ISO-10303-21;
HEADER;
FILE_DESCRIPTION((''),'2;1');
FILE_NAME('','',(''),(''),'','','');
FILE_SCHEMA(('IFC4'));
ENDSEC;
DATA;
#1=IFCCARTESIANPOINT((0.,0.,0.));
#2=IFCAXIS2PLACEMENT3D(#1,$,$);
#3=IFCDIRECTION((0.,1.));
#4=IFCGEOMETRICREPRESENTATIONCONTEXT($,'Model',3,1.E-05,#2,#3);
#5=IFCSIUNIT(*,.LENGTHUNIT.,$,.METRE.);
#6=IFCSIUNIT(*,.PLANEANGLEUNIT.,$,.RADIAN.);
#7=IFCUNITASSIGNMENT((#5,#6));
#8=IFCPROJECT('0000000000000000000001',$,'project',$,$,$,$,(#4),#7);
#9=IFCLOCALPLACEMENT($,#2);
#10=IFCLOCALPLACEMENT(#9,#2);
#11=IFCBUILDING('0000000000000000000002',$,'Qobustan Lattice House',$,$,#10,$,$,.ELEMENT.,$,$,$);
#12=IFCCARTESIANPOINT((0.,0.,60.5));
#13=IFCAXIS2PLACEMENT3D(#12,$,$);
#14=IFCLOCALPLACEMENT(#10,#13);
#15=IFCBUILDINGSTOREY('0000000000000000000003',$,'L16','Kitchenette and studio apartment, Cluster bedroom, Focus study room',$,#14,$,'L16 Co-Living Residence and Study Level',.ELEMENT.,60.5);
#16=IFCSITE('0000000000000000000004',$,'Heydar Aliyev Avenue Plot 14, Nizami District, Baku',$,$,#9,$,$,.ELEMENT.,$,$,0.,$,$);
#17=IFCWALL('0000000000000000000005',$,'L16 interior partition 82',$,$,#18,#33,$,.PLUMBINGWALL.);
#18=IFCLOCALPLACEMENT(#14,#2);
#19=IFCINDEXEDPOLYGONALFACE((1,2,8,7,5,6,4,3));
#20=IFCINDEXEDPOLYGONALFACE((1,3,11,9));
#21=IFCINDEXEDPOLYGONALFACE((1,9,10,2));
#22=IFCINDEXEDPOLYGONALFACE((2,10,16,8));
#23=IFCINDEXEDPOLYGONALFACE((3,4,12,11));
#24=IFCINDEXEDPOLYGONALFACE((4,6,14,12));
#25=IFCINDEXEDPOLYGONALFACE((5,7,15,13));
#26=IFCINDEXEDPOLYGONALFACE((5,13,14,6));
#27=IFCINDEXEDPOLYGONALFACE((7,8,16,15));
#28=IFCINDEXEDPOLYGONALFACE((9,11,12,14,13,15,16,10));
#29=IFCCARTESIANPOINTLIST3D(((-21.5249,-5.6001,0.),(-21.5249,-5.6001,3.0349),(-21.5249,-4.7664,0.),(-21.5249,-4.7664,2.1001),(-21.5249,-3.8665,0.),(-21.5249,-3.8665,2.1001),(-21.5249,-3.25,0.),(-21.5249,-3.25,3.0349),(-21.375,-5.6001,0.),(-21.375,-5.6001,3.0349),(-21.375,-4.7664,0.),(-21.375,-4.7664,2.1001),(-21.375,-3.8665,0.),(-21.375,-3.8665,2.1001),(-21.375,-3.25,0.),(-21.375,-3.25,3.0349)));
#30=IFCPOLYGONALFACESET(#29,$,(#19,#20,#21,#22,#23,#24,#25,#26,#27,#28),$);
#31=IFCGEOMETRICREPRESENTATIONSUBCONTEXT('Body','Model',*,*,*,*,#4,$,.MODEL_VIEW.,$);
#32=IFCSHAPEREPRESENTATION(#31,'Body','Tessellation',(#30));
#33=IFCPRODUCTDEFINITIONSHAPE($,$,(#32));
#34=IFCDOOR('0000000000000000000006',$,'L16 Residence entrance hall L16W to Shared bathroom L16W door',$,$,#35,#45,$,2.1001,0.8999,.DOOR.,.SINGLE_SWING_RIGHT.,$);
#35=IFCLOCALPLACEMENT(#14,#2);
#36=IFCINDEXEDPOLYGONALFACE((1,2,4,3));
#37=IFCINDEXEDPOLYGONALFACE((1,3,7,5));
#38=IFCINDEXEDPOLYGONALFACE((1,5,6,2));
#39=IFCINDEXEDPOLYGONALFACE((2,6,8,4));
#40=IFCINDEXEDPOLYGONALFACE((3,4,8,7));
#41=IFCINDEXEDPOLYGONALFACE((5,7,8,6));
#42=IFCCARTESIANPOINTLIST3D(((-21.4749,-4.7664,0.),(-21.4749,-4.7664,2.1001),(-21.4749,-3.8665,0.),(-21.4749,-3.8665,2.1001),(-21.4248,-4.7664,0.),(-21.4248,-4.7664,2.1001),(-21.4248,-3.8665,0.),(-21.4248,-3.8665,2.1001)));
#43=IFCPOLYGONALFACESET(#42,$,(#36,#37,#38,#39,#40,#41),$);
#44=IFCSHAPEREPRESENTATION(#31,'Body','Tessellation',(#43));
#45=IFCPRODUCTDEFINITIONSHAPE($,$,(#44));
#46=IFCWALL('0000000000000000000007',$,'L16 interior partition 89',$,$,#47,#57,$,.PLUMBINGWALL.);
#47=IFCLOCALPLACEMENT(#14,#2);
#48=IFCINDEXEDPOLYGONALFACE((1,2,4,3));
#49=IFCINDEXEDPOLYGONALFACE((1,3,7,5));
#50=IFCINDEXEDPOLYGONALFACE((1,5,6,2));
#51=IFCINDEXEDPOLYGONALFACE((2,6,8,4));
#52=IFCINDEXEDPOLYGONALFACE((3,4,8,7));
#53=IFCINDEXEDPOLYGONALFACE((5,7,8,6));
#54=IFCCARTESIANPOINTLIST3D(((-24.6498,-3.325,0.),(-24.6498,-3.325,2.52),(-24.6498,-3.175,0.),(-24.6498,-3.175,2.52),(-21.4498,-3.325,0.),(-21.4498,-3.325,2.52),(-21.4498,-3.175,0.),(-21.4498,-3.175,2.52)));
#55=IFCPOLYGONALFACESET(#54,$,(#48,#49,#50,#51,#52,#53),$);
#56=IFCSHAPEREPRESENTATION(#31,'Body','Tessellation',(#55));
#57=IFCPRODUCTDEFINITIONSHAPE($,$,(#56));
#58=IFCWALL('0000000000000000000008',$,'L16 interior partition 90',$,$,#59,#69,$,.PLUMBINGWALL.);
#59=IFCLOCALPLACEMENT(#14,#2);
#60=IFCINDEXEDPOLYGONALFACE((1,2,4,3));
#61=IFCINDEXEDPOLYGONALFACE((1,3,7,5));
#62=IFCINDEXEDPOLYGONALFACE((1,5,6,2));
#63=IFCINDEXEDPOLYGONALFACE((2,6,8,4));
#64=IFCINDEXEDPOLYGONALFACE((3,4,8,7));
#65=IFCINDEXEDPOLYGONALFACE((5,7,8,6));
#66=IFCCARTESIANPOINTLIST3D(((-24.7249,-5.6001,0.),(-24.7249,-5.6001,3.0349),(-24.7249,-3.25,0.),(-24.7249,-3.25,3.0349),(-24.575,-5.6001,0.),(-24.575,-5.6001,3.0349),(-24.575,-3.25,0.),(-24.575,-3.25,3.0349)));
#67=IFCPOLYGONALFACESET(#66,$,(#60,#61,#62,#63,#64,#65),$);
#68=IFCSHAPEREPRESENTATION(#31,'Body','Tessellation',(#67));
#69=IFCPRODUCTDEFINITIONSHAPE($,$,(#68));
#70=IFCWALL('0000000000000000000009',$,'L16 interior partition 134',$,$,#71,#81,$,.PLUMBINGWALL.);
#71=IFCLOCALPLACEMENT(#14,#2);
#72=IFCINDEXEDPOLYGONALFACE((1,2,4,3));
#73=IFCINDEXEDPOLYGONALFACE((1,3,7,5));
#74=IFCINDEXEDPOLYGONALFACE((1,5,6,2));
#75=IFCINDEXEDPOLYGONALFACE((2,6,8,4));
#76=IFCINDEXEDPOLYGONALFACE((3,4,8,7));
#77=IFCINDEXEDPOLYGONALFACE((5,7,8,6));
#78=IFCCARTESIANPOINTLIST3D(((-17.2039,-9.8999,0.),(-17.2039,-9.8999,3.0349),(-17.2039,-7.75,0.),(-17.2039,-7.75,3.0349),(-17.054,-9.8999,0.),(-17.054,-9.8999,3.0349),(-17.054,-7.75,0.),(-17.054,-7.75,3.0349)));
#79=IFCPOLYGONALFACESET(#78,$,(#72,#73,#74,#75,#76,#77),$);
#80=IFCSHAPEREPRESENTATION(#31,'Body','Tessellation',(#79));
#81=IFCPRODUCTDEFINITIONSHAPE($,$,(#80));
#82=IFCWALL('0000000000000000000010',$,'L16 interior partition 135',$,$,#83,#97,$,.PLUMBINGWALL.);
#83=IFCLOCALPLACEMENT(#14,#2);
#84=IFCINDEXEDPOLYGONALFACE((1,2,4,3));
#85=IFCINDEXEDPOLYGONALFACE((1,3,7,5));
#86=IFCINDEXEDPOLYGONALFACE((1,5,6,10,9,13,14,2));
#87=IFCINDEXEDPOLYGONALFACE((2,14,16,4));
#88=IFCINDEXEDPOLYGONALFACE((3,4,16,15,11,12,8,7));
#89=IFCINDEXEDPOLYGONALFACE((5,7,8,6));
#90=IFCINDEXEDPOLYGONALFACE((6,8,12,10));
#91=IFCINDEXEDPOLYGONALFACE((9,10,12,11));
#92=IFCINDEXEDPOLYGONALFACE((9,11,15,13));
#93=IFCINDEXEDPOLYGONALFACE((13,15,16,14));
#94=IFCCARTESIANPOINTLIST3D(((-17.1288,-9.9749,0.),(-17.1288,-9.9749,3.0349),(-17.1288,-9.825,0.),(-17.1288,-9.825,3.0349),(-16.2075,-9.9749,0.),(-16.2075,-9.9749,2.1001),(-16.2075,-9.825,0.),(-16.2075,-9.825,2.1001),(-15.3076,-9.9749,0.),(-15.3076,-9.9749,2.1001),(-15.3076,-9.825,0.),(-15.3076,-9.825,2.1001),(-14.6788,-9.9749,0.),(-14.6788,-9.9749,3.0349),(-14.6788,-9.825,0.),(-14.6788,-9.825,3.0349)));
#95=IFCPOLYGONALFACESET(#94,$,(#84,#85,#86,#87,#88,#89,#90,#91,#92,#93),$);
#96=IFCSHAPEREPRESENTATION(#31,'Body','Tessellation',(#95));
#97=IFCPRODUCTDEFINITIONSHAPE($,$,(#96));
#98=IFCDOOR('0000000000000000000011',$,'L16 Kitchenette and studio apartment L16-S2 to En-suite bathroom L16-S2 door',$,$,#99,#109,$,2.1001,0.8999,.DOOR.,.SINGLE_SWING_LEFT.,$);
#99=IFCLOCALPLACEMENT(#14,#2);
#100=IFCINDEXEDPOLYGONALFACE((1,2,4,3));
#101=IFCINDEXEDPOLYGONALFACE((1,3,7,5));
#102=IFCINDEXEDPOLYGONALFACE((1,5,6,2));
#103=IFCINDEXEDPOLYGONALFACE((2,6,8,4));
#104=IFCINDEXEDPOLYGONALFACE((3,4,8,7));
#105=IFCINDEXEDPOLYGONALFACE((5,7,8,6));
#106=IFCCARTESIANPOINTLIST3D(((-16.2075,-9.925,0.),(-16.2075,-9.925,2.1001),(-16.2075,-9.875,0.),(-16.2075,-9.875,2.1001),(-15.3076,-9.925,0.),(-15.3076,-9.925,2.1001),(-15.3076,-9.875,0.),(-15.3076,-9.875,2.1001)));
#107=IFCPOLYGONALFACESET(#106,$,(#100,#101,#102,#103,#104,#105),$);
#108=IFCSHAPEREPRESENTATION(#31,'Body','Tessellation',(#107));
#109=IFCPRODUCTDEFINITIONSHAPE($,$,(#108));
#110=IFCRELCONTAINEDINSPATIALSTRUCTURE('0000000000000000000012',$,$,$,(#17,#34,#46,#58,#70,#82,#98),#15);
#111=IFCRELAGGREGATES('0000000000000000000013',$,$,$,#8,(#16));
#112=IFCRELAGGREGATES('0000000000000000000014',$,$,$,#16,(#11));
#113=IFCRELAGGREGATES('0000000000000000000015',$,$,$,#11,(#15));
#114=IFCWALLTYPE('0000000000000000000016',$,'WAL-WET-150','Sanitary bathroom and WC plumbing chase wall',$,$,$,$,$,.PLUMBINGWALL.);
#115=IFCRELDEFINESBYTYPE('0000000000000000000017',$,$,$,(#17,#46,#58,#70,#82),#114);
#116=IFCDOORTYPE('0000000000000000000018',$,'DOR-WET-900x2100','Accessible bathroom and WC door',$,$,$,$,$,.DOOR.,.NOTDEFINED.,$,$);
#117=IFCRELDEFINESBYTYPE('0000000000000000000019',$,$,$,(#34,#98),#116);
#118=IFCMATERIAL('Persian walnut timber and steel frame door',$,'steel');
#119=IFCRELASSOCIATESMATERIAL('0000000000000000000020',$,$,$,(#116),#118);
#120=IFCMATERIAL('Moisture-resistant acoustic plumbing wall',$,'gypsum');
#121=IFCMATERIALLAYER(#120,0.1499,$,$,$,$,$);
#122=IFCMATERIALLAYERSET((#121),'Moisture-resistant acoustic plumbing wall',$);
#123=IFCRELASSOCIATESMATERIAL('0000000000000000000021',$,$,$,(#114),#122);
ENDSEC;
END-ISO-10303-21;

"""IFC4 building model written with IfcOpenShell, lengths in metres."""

from ifc_helpers import new_model, si_unit, direction, frame, frame_2d, origin, place, context, subcontext, project, spatial, rectangle, extrude, material, layer, layer_set, type_object, element, fill, save


model = new_model("IFC4")

# Units and contexts
model_context = context("Model", 3, precision=1e-05, world=origin(), true_north=direction((0.0, 1.0)))
body_context = subcontext(model_context, "Body", "Model", "MODEL_VIEW")
ifc_project = project(units=[si_unit("LENGTHUNIT", "METRE"), si_unit("PLANEANGLEUNIT", "RADIAN")], contexts=[model_context])

# Site, building, storey
site_placement = place(None, origin())
site = spatial("IfcSite", under=ifc_project, at=site_placement, Name="Heydar Aliyev Avenue Plot 14, Nizami District, Baku", CompositionType="ELEMENT", RefElevation=0.0)
building_placement = place(site_placement, origin())
building = spatial("IfcBuilding", under=site, at=building_placement, Name="Qobustan Lattice House", CompositionType="ELEMENT")
storey_placement = place(building_placement, frame((0.0, 0.0, 60.5)))
storey = spatial("IfcBuildingStorey", under=building, at=storey_placement, Name="L16", Description="Kitchenette and studio apartment, Cluster bedroom, Focus study room", LongName="L16 Co-Living Residence and Study Level", CompositionType="ELEMENT", Elevation=60.5)

# Shared definitions
ifc_material_1 = material(Name="Persian walnut timber and steel frame door", Category="steel")
door_type_1 = type_object("IfcDoorType", Name="DOR-WET-900x2100", Description="Accessible bathroom and WC door", OperationType="NOTDEFINED", PredefinedType="DOOR", material=ifc_material_1)

# Shared definitions
ifc_material_2 = material(Name="Moisture-resistant acoustic plumbing wall", Category="gypsum")
ifc_layer_1 = layer(ifc_material_2, 0.1499)
ifc_layer_set_1 = layer_set([ifc_layer_1], Name="Moisture-resistant acoustic plumbing wall")
wall_type_1 = type_object("IfcWallType", Name="WAL-WET-150", Description="Sanitary bathroom and WC plumbing chase wall", PredefinedType="PLUMBINGWALL", material=ifc_layer_set_1)

# Wall, opening, door
wall_1_placement = place(storey_placement, frame((-21.45, -5.6001, 0.0), z_axis=(0.0, 0.0, 1.0), x_axis=(0.0, 1.0, 0.0)))
wall_1 = element("IfcWall", 1, at=wall_1_placement, inside=storey, type_object=wall_type_1, Name="L16 interior partition 82", PredefinedType="PLUMBINGWALL", context=body_context, shape_type="SweptSolid", body=[
    extrude(rectangle(XDim=2.3501, YDim=0.1499, at=frame_2d((1.175, 0.0))), origin(), (0.0, 0.0, 1.0), 3.0349),
])
opening_1_placement = place(wall_1_placement, frame((0.8337, 0.0, 0.0)))
opening_1 = element("IfcOpeningElement", 2, at=opening_1_placement, cuts=wall_1, PredefinedType="OPENING", context=body_context, shape_type="SweptSolid", body=[
    extrude(rectangle(XDim=0.8999, YDim=2.1001, at=frame_2d((0.45, 1.05))), frame((0.0, 0.085, 0.0), z_axis=(0.0, -1.0, 0.0), x_axis=(1.0, 0.0, 0.0)), (0.0, 0.0, 1.0), 0.1699),
])
door_1_placement = place(opening_1_placement, origin())
door_1 = element("IfcDoor", 3, at=door_1_placement, inside=storey, type_object=door_type_1, Name="L16 Residence entrance hall L16W to Shared bathroom L16W door", OperationType="SINGLE_SWING_RIGHT", OverallHeight=2.1001, OverallWidth=0.8999, PredefinedType="DOOR", context=body_context, shape_type="SweptSolid", body=[
    extrude(rectangle(XDim=0.8999, YDim=2.1001, at=frame_2d((0.45, 1.05))), frame((0.0, 0.0249, 0.0), z_axis=(0.0, -1.0, 0.0), x_axis=(1.0, 0.0, 0.0)), (0.0, 0.0, 1.0), 0.05),
])
fill(opening_1, door_1)

# Walls
wall_2_placement = place(storey_placement, frame((-24.6499, -3.25, 0.0), z_axis=(0.0, 0.0, 1.0), x_axis=(1.0, 0.0, 0.0)))
element("IfcWall", 4, at=wall_2_placement, inside=storey, type_object=wall_type_1, Name="L16 interior partition 89", PredefinedType="PLUMBINGWALL", context=body_context, shape_type="SweptSolid", body=[
    extrude(rectangle(XDim=3.2, YDim=0.1499, at=frame_2d((1.6001, 0.0))), origin(), (0.0, 0.0, 1.0), 2.52),
])
wall_3_placement = place(storey_placement, frame((-24.6499, -5.6001, 0.0), z_axis=(0.0, 0.0, 1.0), x_axis=(0.0, 1.0, 0.0)))
element("IfcWall", 5, at=wall_3_placement, inside=storey, type_object=wall_type_1, Name="L16 interior partition 90", PredefinedType="PLUMBINGWALL", context=body_context, shape_type="SweptSolid", body=[
    extrude(rectangle(XDim=2.3501, YDim=0.1499, at=frame_2d((1.175, 0.0))), origin(), (0.0, 0.0, 1.0), 3.0349),
])
wall_4_placement = place(storey_placement, frame((-17.1289, -7.75, 0.0), z_axis=(0.0, 0.0, 1.0), x_axis=(0.0, -1.0, 0.0)))
element("IfcWall", 6, at=wall_4_placement, inside=storey, type_object=wall_type_1, Name="L16 interior partition 134", PredefinedType="PLUMBINGWALL", context=body_context, shape_type="SweptSolid", body=[
    extrude(rectangle(XDim=2.1499, YDim=0.1499, at=frame_2d((1.075, 0.0))), origin(), (0.0, 0.0, 1.0), 3.0349),
])

# Wall, opening, door
wall_5_placement = place(storey_placement, frame((-17.1289, -9.8999, 0.0), z_axis=(0.0, 0.0, 1.0), x_axis=(1.0, 0.0, 0.0)))
wall_5 = element("IfcWall", 7, at=wall_5_placement, inside=storey, type_object=wall_type_1, Name="L16 interior partition 135", PredefinedType="PLUMBINGWALL", context=body_context, shape_type="SweptSolid", body=[
    extrude(rectangle(XDim=2.45, YDim=0.1499, at=frame_2d((1.2251, 0.0))), origin(), (0.0, 0.0, 1.0), 3.0349),
])
opening_2_placement = place(wall_5_placement, frame((0.9214, 0.0, 0.0)))
opening_2 = element("IfcOpeningElement", 8, at=opening_2_placement, cuts=wall_5, PredefinedType="OPENING", context=body_context, shape_type="SweptSolid", body=[
    extrude(rectangle(XDim=0.8999, YDim=2.1001, at=frame_2d((0.45, 1.05))), frame((0.0, 0.085, 0.0), z_axis=(0.0, -1.0, 0.0), x_axis=(1.0, 0.0, 0.0)), (0.0, 0.0, 1.0), 0.1699),
])
door_2_placement = place(opening_2_placement, origin())
door_2 = element("IfcDoor", 9, at=door_2_placement, inside=storey, type_object=door_type_1, Name="L16 Kitchenette and studio apartment L16-S2 to En-suite bathroom L16-S2 door", OperationType="SINGLE_SWING_LEFT", OverallHeight=2.1001, OverallWidth=0.8999, PredefinedType="DOOR", context=body_context, shape_type="SweptSolid", body=[
    extrude(rectangle(XDim=0.8999, YDim=2.1001, at=frame_2d((0.45, 1.05))), frame((0.0, 0.0249, 0.0), z_axis=(0.0, -1.0, 0.0), x_axis=(1.0, 0.0, 0.0)), (0.0, 0.0, 1.0), 0.05),
])
fill(opening_2, door_2)

save(model, "model.ifc")
